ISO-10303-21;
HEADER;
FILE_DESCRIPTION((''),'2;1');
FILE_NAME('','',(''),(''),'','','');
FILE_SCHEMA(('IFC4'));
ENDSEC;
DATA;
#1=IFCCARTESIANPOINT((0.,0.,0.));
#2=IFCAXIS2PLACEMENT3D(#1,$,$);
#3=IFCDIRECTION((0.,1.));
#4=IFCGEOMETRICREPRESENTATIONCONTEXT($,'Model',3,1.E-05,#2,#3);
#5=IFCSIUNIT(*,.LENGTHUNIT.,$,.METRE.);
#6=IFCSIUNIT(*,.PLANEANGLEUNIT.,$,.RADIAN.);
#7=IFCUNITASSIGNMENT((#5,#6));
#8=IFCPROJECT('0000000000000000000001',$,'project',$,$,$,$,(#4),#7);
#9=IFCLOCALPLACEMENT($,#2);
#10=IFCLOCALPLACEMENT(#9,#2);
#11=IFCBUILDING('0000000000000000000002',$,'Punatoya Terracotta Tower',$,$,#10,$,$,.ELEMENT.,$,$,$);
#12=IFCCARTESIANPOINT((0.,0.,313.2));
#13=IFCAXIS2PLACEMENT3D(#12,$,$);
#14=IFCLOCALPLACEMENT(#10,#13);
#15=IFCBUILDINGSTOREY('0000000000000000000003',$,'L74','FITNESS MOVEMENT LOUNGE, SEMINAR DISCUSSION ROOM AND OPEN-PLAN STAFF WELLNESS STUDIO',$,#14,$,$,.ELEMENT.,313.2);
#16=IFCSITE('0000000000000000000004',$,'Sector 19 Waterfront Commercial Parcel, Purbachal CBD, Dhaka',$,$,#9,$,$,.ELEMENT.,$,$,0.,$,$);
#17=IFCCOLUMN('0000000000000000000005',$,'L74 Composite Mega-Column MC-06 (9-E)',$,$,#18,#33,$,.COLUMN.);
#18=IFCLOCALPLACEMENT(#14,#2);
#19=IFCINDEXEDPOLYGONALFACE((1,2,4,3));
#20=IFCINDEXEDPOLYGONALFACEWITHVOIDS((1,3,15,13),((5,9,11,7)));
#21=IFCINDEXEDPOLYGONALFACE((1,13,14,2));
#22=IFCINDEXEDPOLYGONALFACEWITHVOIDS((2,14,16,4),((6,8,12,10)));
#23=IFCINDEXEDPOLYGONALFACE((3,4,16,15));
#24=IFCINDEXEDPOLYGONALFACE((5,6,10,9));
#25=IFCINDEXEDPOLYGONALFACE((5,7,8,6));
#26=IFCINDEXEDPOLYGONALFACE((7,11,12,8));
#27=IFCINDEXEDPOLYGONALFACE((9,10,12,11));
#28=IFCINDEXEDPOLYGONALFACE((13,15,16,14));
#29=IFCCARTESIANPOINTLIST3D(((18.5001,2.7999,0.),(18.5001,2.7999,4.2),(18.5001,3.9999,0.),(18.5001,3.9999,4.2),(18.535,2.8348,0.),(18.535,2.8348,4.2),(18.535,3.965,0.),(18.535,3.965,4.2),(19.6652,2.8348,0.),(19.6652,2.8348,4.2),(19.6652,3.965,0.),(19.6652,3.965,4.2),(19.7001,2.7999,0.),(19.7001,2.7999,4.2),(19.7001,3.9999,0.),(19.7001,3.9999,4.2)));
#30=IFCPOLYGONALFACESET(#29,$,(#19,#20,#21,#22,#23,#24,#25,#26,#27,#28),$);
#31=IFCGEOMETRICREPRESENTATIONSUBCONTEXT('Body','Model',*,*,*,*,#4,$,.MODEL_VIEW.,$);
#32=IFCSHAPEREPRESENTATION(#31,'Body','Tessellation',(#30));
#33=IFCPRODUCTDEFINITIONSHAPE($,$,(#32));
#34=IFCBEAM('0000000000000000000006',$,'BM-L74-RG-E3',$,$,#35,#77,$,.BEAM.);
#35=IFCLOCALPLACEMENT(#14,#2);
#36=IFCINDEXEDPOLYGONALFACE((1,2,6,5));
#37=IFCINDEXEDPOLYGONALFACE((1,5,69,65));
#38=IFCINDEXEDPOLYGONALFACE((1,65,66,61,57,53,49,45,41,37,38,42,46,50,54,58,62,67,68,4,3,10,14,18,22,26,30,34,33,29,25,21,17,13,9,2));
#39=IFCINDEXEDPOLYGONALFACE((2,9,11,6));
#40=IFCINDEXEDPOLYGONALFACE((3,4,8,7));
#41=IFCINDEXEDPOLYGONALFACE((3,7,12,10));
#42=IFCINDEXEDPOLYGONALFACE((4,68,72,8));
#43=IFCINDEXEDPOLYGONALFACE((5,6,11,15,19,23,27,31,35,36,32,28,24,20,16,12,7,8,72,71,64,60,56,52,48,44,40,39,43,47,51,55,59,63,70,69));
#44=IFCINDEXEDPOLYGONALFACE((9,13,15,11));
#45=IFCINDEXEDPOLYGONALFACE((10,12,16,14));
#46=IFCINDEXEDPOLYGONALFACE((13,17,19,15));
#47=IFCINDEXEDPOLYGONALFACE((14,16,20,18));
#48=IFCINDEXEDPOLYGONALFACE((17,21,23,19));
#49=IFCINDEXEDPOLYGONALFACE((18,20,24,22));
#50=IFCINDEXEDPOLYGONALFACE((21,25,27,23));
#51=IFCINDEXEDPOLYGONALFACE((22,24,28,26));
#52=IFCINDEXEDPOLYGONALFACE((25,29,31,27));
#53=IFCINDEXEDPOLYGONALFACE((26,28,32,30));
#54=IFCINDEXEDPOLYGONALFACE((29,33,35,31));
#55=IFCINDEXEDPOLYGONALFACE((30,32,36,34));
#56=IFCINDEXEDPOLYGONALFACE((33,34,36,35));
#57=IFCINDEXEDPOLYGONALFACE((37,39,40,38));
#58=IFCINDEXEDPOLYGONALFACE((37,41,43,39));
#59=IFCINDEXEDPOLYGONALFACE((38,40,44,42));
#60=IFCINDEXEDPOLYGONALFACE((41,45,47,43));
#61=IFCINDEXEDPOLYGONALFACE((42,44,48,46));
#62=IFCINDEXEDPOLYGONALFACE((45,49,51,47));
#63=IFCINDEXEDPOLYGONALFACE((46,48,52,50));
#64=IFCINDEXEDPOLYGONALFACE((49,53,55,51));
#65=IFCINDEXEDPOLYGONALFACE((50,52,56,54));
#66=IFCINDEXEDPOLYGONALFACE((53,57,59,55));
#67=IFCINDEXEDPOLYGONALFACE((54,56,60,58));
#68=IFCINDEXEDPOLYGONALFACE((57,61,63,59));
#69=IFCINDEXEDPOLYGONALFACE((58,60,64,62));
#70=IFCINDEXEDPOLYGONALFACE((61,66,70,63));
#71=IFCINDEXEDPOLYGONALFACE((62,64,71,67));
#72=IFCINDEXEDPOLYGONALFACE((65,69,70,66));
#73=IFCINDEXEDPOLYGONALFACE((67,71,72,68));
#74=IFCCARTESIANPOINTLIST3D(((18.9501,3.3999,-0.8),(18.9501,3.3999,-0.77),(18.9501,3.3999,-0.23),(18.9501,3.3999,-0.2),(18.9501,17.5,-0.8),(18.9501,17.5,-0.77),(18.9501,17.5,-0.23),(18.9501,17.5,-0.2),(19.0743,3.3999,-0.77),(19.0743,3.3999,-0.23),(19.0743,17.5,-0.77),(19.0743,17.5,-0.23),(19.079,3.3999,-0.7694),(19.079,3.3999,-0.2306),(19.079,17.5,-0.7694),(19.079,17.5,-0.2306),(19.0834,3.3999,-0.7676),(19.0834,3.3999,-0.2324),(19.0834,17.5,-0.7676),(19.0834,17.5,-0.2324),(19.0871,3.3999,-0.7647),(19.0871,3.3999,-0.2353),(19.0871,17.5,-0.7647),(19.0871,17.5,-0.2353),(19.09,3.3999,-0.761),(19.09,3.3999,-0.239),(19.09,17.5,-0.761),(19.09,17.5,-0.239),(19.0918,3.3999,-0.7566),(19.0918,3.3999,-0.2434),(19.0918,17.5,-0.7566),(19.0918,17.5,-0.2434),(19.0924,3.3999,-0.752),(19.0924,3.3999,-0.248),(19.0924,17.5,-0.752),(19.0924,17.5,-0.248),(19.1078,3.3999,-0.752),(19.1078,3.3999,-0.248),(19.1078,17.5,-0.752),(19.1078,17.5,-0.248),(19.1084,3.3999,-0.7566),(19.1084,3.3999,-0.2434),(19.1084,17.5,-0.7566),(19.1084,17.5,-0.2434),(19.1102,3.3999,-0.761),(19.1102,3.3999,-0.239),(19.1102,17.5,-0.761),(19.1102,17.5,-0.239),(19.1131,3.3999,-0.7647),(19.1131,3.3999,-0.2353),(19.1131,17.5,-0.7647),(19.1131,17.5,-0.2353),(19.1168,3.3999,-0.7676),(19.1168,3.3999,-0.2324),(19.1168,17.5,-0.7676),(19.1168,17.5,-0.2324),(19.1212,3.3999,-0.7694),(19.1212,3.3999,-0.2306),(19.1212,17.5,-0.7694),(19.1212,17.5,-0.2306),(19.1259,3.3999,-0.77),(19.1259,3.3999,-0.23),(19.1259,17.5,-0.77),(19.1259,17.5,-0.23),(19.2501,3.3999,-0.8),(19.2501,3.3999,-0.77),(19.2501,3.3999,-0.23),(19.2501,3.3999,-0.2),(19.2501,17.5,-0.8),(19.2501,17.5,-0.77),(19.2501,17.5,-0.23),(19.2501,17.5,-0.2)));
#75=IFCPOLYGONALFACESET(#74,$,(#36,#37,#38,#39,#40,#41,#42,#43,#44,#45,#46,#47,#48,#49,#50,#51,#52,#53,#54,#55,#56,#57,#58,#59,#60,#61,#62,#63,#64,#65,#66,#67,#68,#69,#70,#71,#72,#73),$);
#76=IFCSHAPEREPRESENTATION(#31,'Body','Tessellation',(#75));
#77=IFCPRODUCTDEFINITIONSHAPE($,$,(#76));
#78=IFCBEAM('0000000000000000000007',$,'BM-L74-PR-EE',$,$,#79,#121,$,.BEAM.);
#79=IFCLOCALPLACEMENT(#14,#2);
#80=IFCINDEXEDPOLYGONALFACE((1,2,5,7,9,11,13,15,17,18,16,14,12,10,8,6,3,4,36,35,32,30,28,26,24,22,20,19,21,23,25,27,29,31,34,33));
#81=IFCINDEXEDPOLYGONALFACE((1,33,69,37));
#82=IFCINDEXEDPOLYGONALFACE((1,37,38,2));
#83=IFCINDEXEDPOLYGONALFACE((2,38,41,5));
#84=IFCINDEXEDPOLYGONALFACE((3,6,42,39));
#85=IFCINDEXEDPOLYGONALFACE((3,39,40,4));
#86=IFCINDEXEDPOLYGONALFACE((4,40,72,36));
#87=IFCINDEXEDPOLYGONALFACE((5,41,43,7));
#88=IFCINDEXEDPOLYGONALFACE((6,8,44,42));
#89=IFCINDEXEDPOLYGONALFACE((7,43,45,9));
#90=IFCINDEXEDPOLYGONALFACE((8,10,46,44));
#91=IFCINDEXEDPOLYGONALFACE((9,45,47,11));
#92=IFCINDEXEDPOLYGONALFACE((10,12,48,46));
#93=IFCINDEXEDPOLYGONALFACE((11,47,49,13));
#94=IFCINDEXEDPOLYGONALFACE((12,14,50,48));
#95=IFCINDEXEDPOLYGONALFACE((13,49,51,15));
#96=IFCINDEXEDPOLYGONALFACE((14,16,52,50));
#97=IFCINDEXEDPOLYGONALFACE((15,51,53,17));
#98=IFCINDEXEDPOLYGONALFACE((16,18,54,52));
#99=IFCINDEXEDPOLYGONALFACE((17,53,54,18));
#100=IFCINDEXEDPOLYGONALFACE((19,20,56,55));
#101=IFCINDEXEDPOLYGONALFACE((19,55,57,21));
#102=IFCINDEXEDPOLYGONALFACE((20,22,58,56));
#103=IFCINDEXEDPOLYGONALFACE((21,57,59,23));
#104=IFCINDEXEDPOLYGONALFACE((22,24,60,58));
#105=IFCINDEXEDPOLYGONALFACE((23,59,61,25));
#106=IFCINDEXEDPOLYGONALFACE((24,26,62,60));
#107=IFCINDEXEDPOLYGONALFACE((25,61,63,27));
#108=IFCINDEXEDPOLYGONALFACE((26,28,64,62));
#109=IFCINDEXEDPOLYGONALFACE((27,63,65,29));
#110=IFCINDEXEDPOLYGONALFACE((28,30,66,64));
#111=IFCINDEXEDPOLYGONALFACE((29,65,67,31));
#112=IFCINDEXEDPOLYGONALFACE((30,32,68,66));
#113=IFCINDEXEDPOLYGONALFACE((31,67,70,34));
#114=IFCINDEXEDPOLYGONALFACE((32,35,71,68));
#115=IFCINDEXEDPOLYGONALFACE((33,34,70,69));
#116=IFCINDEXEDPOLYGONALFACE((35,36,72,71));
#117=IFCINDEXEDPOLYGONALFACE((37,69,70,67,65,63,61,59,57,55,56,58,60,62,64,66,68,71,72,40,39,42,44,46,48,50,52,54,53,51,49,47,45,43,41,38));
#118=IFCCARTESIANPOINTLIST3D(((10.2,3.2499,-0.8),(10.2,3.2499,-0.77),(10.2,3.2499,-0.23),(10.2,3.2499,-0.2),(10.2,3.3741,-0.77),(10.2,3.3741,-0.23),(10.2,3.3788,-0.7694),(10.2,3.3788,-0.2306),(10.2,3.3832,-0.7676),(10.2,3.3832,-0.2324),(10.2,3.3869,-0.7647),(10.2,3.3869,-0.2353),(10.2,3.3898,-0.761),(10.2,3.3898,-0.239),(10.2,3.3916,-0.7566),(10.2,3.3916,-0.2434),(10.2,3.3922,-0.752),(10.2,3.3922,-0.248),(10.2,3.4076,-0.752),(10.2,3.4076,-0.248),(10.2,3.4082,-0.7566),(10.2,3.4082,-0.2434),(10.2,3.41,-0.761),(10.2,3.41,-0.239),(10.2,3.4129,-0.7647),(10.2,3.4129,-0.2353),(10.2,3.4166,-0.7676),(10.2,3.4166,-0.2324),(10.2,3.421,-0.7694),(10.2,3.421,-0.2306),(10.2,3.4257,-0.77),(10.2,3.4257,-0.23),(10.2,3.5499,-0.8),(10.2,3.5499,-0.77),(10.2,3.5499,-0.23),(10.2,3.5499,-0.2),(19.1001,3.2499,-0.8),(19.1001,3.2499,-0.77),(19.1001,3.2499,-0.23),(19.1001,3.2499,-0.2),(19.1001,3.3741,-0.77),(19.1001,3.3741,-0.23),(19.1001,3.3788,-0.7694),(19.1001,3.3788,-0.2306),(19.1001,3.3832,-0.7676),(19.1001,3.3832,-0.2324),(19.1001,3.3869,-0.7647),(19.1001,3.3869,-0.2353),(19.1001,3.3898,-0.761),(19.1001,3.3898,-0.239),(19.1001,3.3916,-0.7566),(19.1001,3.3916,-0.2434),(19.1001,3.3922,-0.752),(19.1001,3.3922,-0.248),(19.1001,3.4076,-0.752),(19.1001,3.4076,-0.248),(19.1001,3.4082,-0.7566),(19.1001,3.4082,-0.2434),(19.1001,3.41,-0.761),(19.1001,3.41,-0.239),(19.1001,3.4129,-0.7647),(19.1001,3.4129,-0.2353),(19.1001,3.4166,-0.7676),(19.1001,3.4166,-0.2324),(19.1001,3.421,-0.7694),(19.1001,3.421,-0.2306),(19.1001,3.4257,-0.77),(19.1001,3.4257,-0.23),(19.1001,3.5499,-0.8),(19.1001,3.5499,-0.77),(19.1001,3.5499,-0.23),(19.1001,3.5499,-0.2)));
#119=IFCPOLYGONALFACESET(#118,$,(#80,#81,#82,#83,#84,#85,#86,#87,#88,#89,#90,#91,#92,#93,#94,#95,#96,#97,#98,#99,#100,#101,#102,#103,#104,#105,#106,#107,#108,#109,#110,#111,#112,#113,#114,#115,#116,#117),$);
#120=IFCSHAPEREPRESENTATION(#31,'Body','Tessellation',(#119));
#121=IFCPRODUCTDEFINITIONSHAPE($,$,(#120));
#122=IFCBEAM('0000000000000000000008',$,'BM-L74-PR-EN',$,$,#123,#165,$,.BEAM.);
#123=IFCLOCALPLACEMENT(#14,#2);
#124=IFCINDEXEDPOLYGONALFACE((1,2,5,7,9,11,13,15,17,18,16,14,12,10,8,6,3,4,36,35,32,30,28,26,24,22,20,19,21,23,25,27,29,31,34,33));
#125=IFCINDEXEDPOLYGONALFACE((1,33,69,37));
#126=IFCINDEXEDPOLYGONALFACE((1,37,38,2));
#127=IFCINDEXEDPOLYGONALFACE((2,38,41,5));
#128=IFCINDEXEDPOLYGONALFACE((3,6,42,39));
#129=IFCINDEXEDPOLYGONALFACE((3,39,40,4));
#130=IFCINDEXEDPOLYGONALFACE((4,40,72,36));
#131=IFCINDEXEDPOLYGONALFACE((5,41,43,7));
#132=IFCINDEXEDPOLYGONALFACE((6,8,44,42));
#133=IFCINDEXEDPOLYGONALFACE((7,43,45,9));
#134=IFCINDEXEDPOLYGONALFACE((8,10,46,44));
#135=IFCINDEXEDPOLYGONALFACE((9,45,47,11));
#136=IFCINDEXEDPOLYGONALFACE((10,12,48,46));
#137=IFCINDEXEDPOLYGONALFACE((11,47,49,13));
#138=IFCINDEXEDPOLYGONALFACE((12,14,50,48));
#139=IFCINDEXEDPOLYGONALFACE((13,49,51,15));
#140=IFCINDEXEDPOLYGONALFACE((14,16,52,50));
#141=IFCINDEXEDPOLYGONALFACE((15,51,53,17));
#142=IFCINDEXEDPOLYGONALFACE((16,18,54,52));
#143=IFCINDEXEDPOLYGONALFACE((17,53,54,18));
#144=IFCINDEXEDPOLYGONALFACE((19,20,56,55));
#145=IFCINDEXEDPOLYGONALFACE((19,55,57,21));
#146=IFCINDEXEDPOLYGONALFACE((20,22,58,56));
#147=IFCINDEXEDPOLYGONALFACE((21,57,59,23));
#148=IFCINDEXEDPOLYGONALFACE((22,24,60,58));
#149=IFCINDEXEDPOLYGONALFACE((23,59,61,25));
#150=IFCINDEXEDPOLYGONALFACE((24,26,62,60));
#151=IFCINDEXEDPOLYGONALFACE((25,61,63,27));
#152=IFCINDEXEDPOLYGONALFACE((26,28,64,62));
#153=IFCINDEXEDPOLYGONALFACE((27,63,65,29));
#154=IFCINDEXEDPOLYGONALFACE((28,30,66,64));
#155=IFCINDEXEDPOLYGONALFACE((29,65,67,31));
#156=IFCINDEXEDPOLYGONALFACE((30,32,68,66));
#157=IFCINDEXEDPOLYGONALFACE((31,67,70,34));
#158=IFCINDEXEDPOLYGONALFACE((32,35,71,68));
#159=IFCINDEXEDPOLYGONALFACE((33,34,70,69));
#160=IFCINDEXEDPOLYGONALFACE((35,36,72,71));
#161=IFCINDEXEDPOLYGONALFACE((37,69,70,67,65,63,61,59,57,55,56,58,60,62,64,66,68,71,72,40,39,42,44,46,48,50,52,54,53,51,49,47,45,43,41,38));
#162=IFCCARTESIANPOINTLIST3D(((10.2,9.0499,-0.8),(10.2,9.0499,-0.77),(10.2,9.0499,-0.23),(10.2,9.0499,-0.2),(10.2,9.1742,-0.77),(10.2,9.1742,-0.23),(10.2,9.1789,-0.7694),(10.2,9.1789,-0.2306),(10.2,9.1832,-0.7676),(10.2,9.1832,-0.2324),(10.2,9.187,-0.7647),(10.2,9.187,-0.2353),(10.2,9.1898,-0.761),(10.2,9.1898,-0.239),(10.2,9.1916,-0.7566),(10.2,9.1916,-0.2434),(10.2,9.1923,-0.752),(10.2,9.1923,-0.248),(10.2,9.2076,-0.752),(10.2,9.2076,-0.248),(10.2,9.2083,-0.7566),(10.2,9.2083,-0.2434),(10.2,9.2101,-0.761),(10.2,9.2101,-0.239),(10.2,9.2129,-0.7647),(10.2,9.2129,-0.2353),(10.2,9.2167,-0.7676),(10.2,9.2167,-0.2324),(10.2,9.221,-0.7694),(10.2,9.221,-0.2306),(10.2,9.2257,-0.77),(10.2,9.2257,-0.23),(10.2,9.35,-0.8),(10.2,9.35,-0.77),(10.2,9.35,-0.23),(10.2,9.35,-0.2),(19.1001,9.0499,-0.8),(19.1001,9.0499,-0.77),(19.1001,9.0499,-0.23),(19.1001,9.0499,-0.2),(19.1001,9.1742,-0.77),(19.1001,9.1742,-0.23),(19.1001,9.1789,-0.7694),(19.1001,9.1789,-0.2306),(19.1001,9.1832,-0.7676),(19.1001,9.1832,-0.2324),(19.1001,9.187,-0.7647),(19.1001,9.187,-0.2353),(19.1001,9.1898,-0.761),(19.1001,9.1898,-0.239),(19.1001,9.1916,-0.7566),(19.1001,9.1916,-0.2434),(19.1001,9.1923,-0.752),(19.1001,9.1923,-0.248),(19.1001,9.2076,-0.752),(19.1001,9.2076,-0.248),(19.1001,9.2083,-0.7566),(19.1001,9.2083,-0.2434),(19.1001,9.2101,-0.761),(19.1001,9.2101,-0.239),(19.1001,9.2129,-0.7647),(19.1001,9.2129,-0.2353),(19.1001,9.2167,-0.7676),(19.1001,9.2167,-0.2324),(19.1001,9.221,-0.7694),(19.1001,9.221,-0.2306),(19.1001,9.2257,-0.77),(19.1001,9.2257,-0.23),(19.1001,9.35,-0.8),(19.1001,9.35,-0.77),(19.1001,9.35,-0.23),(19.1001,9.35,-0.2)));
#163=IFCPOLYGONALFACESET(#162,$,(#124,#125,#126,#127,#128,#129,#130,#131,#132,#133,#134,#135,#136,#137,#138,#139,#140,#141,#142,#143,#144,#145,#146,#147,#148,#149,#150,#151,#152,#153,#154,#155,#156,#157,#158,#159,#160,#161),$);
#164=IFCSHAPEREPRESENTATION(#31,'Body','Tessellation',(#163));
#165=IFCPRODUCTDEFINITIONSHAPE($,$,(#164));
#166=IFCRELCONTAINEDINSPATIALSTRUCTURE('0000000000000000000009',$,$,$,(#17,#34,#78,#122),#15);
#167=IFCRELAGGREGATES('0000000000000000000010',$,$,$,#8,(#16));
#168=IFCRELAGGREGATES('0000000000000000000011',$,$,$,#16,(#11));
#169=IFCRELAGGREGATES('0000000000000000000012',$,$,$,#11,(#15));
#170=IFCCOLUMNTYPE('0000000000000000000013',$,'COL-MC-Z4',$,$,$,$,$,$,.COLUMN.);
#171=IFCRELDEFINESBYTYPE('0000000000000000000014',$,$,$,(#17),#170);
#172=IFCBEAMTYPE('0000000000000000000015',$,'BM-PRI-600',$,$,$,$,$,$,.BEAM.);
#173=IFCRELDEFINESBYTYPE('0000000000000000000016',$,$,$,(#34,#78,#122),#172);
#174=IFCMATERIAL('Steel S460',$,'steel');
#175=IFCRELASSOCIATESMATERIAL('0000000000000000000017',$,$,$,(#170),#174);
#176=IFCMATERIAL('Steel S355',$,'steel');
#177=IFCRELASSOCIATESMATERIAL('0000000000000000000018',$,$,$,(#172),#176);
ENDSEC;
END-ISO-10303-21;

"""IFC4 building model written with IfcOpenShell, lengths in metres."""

from ifc_helpers import new_model, si_unit, direction, frame, origin, origin_2d, place, context, subcontext, project, spatial, hollow_rectangle, i_section, extrude, material, material_profile, profile_set, type_object, element, save


model = new_model("IFC4")

# Units and contexts
model_context = context("Model", 3, precision=1e-05, world=origin(), true_north=direction((0.0, 1.0)))
body_context = subcontext(model_context, "Body", "Model", "MODEL_VIEW")
ifc_project = project(units=[si_unit("LENGTHUNIT", "METRE"), si_unit("PLANEANGLEUNIT", "RADIAN")], contexts=[model_context])

# Site, building, storey
site_placement = place(None, origin())
site = spatial("IfcSite", under=ifc_project, at=site_placement, Name="Sector 19 Waterfront Commercial Parcel, Purbachal CBD, Dhaka", CompositionType="ELEMENT", RefElevation=0.0)
building_placement = place(site_placement, origin())
building = spatial("IfcBuilding", under=site, at=building_placement, Name="Punatoya Terracotta Tower", CompositionType="ELEMENT")
storey_placement = place(building_placement, frame((0.0, 0.0, 313.2)))
storey = spatial("IfcBuildingStorey", under=building, at=storey_placement, Name="L74", Description="FITNESS MOVEMENT LOUNGE, SEMINAR DISCUSSION ROOM AND OPEN-PLAN STAFF WELLNESS STUDIO", CompositionType="ELEMENT", Elevation=313.2)

# Column
ifc_material_1 = material(Name="Steel S460", Category="steel")
ifc_material_profile_1 = material_profile(ifc_material_1, hollow_rectangle(XDim=1.2, YDim=1.2, WallThickness=0.0349, at=origin_2d()))
ifc_profile_set_1 = profile_set([ifc_material_profile_1], Name="Steel S460")
column_type = type_object("IfcColumnType", Name="COL-MC-Z4", PredefinedType="COLUMN", material=ifc_profile_set_1)
column_placement = place(storey_placement, frame((19.1001, 3.3999, 0.0), z_axis=(0.0, 0.0, 1.0), x_axis=(1.0, 0.0, 0.0)))
element("IfcColumn", 1, at=column_placement, inside=storey, type_object=column_type, Name="L74 Composite Mega-Column MC-06 (9-E)", PredefinedType="COLUMN", context=body_context, shape_type="SweptSolid", body=[
    extrude(hollow_rectangle(XDim=1.2, YDim=1.2, WallThickness=0.0349, at=origin_2d()), origin(), (0.0, 0.0, 1.0), 4.2),
])

# Beams
ifc_material_2 = material(Name="Steel S355", Category="steel")
ifc_material_profile_2 = material_profile(ifc_material_2, i_section(OverallWidth=0.3, OverallDepth=0.6001, WebThickness=0.0154, FlangeThickness=0.03, FilletRadius=0.0181, at=origin_2d()))
ifc_profile_set_2 = profile_set([ifc_material_profile_2], Name="Steel S355")
beam_type = type_object("IfcBeamType", Name="BM-PRI-600", PredefinedType="BEAM", material=ifc_profile_set_2)
beam_1_placement = place(storey_placement, frame((19.1001, 3.3999, -0.5), z_axis=(0.0, 1.0, 0.0), x_axis=(-1.0, 0.0, 0.0)))
element("IfcBeam", 2, at=beam_1_placement, inside=storey, type_object=beam_type, Name="BM-L74-RG-E3", PredefinedType="BEAM", context=body_context, shape_type="SweptSolid", body=[
    extrude(i_section(OverallWidth=0.3, OverallDepth=0.6001, WebThickness=0.0154, FlangeThickness=0.03, FilletRadius=0.0181, at=origin_2d()), origin(), (0.0, 0.0, 1.0), 14.1001),
])
for number, where, z_axis, x_axis, name in (
    (3, (10.2, 3.3999, -0.5), (1.0, 0.0, 0.0), (0.0, 1.0, 0.0), "BM-L74-PR-EE"),
    (4, (10.2, 9.2, -0.5), (1.0, 0.0, 0.0), (0.0, 1.0, 0.0), "BM-L74-PR-EN"),
):
    element("IfcBeam", number, at=place(storey_placement, frame(where, z_axis=z_axis, x_axis=x_axis)), inside=storey, type_object=beam_type, Name=name, PredefinedType="BEAM", context=body_context, shape_type="SweptSolid", body=[
        extrude(i_section(OverallWidth=0.3, OverallDepth=0.6001, WebThickness=0.0154, FlangeThickness=0.03, FilletRadius=0.0181, at=origin_2d()), origin(), (0.0, 0.0, 1.0), 8.9001),
    ])

save(model, "model.ifc")
